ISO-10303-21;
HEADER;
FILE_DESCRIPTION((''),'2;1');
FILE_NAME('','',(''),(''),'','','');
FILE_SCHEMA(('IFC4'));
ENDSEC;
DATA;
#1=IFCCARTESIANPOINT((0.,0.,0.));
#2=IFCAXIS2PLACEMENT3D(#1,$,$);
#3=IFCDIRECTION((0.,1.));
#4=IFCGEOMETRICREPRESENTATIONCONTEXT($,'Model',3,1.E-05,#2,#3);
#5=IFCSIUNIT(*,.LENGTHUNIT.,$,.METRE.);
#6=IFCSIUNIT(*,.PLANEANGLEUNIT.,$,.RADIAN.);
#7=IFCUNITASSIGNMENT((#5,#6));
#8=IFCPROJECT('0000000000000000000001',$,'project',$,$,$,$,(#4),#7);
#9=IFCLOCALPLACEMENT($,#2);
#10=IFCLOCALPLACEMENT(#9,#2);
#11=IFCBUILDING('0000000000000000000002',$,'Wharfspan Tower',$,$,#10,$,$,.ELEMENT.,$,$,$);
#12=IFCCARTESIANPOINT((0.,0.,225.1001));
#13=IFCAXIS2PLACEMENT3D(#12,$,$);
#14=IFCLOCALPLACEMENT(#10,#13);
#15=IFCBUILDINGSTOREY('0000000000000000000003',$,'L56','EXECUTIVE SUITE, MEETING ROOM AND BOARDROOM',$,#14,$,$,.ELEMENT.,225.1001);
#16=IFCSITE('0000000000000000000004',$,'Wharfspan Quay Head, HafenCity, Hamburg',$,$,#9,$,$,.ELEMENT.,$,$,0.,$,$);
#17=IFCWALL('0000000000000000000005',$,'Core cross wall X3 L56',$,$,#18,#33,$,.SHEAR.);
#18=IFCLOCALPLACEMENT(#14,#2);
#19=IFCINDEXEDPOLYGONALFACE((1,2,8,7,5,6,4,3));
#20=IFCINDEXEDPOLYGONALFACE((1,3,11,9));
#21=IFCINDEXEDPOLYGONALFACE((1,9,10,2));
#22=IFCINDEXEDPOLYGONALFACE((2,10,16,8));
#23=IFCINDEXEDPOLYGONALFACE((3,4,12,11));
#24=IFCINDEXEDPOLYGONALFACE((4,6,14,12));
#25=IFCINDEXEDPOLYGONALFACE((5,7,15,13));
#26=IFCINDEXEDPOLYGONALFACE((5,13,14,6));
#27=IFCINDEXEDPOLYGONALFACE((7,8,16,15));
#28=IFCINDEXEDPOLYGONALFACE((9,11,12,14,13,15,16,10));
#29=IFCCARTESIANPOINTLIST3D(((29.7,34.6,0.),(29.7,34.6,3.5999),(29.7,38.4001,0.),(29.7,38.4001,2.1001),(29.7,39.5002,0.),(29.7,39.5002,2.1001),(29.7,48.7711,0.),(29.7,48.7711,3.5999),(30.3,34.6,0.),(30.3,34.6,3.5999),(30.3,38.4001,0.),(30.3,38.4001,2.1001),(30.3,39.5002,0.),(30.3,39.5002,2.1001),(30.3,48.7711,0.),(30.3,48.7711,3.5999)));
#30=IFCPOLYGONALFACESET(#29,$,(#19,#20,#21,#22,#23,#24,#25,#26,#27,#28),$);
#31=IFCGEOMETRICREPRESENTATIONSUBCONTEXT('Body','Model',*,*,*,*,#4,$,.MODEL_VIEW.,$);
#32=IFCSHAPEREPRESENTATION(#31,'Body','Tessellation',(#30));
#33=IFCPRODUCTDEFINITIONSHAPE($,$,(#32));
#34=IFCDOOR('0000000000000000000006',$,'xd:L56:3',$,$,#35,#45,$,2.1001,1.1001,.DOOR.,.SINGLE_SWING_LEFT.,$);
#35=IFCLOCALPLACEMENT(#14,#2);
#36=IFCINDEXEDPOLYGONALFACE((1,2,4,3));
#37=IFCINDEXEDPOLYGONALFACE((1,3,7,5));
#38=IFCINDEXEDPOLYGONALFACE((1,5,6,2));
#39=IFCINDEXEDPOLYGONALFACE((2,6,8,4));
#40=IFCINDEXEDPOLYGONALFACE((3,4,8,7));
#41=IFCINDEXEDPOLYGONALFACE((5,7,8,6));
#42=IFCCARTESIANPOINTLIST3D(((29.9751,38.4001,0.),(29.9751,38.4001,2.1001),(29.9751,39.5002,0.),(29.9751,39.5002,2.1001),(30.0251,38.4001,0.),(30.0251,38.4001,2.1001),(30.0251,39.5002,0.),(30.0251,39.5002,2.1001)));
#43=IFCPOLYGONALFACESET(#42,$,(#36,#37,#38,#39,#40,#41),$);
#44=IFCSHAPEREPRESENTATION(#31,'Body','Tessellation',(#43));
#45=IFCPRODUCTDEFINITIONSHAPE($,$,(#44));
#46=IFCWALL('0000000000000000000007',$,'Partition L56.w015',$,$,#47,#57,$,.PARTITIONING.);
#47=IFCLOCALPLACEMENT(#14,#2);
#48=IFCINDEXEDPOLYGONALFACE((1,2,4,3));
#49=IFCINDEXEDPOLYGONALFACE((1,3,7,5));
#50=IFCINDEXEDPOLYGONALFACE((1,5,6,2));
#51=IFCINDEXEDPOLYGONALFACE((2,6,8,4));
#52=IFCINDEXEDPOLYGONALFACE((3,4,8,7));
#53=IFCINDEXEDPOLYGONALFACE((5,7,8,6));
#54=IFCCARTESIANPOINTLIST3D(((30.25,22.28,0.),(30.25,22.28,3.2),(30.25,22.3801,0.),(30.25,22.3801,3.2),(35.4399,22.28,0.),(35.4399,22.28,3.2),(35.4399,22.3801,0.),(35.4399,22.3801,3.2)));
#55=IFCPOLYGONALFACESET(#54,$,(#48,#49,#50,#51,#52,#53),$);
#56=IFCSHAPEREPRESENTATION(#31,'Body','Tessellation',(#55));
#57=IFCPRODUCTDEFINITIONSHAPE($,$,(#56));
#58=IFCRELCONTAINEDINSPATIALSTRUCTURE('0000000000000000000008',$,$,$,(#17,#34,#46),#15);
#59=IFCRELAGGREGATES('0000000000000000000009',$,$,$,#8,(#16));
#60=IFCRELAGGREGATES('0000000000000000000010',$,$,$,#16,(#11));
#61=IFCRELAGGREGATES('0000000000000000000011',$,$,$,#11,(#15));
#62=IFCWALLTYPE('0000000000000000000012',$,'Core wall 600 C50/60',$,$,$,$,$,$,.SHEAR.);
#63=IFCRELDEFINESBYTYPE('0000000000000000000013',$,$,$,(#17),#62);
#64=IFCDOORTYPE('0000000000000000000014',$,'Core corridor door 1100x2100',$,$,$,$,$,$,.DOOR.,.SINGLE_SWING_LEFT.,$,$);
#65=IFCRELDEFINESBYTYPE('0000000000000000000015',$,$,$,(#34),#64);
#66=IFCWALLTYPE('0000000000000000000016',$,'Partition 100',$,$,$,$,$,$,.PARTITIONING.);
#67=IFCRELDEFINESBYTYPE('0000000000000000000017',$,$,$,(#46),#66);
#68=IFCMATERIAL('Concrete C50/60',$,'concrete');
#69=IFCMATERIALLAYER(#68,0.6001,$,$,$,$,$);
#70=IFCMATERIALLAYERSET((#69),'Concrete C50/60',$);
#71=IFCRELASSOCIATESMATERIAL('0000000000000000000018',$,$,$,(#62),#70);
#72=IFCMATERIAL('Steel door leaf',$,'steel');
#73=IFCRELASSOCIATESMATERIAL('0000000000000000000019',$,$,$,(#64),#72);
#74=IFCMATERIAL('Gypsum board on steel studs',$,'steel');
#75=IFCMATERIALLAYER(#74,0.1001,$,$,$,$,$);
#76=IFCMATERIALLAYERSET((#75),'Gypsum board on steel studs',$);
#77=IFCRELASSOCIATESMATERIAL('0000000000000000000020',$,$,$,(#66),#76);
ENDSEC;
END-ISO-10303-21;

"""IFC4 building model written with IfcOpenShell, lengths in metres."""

from ifc_helpers import new_model, si_unit, direction, frame, frame_2d, origin, place, context, subcontext, project, spatial, rectangle, extrude, material, layer, layer_set, type_object, element, fill, save


model = new_model("IFC4")

# Units and contexts
model_context = context("Model", 3, precision=1e-05, world=origin(), true_north=direction((0.0, 1.0)))
body_context = subcontext(model_context, "Body", "Model", "MODEL_VIEW")
ifc_project = project(units=[si_unit("LENGTHUNIT", "METRE"), si_unit("PLANEANGLEUNIT", "RADIAN")], contexts=[model_context])

# Site, building, storey
site_placement = place(None, origin())
site = spatial("IfcSite", under=ifc_project, at=site_placement, Name="Wharfspan Quay Head, HafenCity, Hamburg", CompositionType="ELEMENT", RefElevation=0.0)
building_placement = place(site_placement, origin())
building = spatial("IfcBuilding", under=site, at=building_placement, Name="Wharfspan Tower", CompositionType="ELEMENT")
storey_placement = place(building_placement, frame((0.0, 0.0, 225.1001)))
storey = spatial("IfcBuildingStorey", under=building, at=storey_placement, Name="L56", Description="EXECUTIVE SUITE, MEETING ROOM AND BOARDROOM", CompositionType="ELEMENT", Elevation=225.1001)

# Shared definitions
ifc_material_1 = material(Name="Gypsum board on steel studs", Category="steel")

# Shared definitions
ifc_material_2 = material(Name="Concrete C50/60", Category="concrete")
ifc_layer_1 = layer(ifc_material_2, 0.6001)
ifc_layer_set_1 = layer_set([ifc_layer_1], Name="Concrete C50/60")
wall_type_1 = type_object("IfcWallType", Name="Core wall 600 C50/60", PredefinedType="SHEAR", material=ifc_layer_set_1)
ifc_material_3 = material(Name="Steel door leaf", Category="steel")

# Wall, opening, door
wall_1_placement = place(storey_placement, frame((30.0, 34.6001, 0.0), z_axis=(0.0, 0.0, 1.0), x_axis=(0.0, 1.0, 0.0)))
wall_1 = element("IfcWall", 1, at=wall_1_placement, inside=storey, type_object=wall_type_1, Name="Core cross wall X3 L56", PredefinedType="SHEAR", context=body_context, shape_type="SweptSolid", body=[
    extrude(rectangle(XDim=14.1711, YDim=0.6001, at=frame_2d((7.0854, 0.0))), origin(), (0.0, 0.0, 1.0), 3.5999),
])
opening_1_placement = place(wall_1_placement, frame((3.8, 0.0, 0.0)))
opening_1 = element("IfcOpeningElement", 2, at=opening_1_placement, cuts=wall_1, PredefinedType="OPENING", context=body_context, shape_type="SweptSolid", body=[
    extrude(rectangle(XDim=1.1001, YDim=2.1001, at=frame_2d((0.55, 1.05))), frame((0.0, 0.3101, 0.0), z_axis=(0.0, -1.0, 0.0), x_axis=(1.0, 0.0, 0.0)), (0.0, 0.0, 1.0), 0.6201),
])
door_type_1 = type_object("IfcDoorType", Name="Core corridor door 1100x2100", OperationType="SINGLE_SWING_LEFT", PredefinedType="DOOR", material=ifc_material_3)
door_1_placement = place(opening_1_placement, origin())
door_1 = element("IfcDoor", 3, at=door_1_placement, inside=storey, type_object=door_type_1, Name="xd:L56:3", OperationType="SINGLE_SWING_LEFT", OverallHeight=2.1001, OverallWidth=1.1001, PredefinedType="DOOR", context=body_context, shape_type="SweptSolid", body=[
    extrude(rectangle(XDim=1.1001, YDim=2.1001, at=frame_2d((0.55, 1.05))), frame((0.0, 0.0249, 0.0), z_axis=(0.0, -1.0, 0.0), x_axis=(1.0, 0.0, 0.0)), (0.0, 0.0, 1.0), 0.05),
])
fill(opening_1, door_1)

# Wall
ifc_layer_2 = layer(ifc_material_1, 0.1001)
ifc_layer_set_2 = layer_set([ifc_layer_2], Name="Gypsum board on steel studs")
wall_type_2 = type_object("IfcWallType", Name="Partition 100", PredefinedType="PARTITIONING", material=ifc_layer_set_2)
wall_2_placement = place(storey_placement, frame((30.25, 22.3301, 0.0), z_axis=(0.0, 0.0, 1.0), x_axis=(1.0, 0.0, 0.0)))
element("IfcWall", 4, at=wall_2_placement, inside=storey, type_object=wall_type_2, Name="Partition L56.w015", PredefinedType="PARTITIONING", context=body_context, shape_type="SweptSolid", body=[
    extrude(rectangle(XDim=5.1899, YDim=0.1001, at=frame_2d((2.595, 0.0))), origin(), (0.0, 0.0, 1.0), 3.2),
])

save(model, "model.ifc")
